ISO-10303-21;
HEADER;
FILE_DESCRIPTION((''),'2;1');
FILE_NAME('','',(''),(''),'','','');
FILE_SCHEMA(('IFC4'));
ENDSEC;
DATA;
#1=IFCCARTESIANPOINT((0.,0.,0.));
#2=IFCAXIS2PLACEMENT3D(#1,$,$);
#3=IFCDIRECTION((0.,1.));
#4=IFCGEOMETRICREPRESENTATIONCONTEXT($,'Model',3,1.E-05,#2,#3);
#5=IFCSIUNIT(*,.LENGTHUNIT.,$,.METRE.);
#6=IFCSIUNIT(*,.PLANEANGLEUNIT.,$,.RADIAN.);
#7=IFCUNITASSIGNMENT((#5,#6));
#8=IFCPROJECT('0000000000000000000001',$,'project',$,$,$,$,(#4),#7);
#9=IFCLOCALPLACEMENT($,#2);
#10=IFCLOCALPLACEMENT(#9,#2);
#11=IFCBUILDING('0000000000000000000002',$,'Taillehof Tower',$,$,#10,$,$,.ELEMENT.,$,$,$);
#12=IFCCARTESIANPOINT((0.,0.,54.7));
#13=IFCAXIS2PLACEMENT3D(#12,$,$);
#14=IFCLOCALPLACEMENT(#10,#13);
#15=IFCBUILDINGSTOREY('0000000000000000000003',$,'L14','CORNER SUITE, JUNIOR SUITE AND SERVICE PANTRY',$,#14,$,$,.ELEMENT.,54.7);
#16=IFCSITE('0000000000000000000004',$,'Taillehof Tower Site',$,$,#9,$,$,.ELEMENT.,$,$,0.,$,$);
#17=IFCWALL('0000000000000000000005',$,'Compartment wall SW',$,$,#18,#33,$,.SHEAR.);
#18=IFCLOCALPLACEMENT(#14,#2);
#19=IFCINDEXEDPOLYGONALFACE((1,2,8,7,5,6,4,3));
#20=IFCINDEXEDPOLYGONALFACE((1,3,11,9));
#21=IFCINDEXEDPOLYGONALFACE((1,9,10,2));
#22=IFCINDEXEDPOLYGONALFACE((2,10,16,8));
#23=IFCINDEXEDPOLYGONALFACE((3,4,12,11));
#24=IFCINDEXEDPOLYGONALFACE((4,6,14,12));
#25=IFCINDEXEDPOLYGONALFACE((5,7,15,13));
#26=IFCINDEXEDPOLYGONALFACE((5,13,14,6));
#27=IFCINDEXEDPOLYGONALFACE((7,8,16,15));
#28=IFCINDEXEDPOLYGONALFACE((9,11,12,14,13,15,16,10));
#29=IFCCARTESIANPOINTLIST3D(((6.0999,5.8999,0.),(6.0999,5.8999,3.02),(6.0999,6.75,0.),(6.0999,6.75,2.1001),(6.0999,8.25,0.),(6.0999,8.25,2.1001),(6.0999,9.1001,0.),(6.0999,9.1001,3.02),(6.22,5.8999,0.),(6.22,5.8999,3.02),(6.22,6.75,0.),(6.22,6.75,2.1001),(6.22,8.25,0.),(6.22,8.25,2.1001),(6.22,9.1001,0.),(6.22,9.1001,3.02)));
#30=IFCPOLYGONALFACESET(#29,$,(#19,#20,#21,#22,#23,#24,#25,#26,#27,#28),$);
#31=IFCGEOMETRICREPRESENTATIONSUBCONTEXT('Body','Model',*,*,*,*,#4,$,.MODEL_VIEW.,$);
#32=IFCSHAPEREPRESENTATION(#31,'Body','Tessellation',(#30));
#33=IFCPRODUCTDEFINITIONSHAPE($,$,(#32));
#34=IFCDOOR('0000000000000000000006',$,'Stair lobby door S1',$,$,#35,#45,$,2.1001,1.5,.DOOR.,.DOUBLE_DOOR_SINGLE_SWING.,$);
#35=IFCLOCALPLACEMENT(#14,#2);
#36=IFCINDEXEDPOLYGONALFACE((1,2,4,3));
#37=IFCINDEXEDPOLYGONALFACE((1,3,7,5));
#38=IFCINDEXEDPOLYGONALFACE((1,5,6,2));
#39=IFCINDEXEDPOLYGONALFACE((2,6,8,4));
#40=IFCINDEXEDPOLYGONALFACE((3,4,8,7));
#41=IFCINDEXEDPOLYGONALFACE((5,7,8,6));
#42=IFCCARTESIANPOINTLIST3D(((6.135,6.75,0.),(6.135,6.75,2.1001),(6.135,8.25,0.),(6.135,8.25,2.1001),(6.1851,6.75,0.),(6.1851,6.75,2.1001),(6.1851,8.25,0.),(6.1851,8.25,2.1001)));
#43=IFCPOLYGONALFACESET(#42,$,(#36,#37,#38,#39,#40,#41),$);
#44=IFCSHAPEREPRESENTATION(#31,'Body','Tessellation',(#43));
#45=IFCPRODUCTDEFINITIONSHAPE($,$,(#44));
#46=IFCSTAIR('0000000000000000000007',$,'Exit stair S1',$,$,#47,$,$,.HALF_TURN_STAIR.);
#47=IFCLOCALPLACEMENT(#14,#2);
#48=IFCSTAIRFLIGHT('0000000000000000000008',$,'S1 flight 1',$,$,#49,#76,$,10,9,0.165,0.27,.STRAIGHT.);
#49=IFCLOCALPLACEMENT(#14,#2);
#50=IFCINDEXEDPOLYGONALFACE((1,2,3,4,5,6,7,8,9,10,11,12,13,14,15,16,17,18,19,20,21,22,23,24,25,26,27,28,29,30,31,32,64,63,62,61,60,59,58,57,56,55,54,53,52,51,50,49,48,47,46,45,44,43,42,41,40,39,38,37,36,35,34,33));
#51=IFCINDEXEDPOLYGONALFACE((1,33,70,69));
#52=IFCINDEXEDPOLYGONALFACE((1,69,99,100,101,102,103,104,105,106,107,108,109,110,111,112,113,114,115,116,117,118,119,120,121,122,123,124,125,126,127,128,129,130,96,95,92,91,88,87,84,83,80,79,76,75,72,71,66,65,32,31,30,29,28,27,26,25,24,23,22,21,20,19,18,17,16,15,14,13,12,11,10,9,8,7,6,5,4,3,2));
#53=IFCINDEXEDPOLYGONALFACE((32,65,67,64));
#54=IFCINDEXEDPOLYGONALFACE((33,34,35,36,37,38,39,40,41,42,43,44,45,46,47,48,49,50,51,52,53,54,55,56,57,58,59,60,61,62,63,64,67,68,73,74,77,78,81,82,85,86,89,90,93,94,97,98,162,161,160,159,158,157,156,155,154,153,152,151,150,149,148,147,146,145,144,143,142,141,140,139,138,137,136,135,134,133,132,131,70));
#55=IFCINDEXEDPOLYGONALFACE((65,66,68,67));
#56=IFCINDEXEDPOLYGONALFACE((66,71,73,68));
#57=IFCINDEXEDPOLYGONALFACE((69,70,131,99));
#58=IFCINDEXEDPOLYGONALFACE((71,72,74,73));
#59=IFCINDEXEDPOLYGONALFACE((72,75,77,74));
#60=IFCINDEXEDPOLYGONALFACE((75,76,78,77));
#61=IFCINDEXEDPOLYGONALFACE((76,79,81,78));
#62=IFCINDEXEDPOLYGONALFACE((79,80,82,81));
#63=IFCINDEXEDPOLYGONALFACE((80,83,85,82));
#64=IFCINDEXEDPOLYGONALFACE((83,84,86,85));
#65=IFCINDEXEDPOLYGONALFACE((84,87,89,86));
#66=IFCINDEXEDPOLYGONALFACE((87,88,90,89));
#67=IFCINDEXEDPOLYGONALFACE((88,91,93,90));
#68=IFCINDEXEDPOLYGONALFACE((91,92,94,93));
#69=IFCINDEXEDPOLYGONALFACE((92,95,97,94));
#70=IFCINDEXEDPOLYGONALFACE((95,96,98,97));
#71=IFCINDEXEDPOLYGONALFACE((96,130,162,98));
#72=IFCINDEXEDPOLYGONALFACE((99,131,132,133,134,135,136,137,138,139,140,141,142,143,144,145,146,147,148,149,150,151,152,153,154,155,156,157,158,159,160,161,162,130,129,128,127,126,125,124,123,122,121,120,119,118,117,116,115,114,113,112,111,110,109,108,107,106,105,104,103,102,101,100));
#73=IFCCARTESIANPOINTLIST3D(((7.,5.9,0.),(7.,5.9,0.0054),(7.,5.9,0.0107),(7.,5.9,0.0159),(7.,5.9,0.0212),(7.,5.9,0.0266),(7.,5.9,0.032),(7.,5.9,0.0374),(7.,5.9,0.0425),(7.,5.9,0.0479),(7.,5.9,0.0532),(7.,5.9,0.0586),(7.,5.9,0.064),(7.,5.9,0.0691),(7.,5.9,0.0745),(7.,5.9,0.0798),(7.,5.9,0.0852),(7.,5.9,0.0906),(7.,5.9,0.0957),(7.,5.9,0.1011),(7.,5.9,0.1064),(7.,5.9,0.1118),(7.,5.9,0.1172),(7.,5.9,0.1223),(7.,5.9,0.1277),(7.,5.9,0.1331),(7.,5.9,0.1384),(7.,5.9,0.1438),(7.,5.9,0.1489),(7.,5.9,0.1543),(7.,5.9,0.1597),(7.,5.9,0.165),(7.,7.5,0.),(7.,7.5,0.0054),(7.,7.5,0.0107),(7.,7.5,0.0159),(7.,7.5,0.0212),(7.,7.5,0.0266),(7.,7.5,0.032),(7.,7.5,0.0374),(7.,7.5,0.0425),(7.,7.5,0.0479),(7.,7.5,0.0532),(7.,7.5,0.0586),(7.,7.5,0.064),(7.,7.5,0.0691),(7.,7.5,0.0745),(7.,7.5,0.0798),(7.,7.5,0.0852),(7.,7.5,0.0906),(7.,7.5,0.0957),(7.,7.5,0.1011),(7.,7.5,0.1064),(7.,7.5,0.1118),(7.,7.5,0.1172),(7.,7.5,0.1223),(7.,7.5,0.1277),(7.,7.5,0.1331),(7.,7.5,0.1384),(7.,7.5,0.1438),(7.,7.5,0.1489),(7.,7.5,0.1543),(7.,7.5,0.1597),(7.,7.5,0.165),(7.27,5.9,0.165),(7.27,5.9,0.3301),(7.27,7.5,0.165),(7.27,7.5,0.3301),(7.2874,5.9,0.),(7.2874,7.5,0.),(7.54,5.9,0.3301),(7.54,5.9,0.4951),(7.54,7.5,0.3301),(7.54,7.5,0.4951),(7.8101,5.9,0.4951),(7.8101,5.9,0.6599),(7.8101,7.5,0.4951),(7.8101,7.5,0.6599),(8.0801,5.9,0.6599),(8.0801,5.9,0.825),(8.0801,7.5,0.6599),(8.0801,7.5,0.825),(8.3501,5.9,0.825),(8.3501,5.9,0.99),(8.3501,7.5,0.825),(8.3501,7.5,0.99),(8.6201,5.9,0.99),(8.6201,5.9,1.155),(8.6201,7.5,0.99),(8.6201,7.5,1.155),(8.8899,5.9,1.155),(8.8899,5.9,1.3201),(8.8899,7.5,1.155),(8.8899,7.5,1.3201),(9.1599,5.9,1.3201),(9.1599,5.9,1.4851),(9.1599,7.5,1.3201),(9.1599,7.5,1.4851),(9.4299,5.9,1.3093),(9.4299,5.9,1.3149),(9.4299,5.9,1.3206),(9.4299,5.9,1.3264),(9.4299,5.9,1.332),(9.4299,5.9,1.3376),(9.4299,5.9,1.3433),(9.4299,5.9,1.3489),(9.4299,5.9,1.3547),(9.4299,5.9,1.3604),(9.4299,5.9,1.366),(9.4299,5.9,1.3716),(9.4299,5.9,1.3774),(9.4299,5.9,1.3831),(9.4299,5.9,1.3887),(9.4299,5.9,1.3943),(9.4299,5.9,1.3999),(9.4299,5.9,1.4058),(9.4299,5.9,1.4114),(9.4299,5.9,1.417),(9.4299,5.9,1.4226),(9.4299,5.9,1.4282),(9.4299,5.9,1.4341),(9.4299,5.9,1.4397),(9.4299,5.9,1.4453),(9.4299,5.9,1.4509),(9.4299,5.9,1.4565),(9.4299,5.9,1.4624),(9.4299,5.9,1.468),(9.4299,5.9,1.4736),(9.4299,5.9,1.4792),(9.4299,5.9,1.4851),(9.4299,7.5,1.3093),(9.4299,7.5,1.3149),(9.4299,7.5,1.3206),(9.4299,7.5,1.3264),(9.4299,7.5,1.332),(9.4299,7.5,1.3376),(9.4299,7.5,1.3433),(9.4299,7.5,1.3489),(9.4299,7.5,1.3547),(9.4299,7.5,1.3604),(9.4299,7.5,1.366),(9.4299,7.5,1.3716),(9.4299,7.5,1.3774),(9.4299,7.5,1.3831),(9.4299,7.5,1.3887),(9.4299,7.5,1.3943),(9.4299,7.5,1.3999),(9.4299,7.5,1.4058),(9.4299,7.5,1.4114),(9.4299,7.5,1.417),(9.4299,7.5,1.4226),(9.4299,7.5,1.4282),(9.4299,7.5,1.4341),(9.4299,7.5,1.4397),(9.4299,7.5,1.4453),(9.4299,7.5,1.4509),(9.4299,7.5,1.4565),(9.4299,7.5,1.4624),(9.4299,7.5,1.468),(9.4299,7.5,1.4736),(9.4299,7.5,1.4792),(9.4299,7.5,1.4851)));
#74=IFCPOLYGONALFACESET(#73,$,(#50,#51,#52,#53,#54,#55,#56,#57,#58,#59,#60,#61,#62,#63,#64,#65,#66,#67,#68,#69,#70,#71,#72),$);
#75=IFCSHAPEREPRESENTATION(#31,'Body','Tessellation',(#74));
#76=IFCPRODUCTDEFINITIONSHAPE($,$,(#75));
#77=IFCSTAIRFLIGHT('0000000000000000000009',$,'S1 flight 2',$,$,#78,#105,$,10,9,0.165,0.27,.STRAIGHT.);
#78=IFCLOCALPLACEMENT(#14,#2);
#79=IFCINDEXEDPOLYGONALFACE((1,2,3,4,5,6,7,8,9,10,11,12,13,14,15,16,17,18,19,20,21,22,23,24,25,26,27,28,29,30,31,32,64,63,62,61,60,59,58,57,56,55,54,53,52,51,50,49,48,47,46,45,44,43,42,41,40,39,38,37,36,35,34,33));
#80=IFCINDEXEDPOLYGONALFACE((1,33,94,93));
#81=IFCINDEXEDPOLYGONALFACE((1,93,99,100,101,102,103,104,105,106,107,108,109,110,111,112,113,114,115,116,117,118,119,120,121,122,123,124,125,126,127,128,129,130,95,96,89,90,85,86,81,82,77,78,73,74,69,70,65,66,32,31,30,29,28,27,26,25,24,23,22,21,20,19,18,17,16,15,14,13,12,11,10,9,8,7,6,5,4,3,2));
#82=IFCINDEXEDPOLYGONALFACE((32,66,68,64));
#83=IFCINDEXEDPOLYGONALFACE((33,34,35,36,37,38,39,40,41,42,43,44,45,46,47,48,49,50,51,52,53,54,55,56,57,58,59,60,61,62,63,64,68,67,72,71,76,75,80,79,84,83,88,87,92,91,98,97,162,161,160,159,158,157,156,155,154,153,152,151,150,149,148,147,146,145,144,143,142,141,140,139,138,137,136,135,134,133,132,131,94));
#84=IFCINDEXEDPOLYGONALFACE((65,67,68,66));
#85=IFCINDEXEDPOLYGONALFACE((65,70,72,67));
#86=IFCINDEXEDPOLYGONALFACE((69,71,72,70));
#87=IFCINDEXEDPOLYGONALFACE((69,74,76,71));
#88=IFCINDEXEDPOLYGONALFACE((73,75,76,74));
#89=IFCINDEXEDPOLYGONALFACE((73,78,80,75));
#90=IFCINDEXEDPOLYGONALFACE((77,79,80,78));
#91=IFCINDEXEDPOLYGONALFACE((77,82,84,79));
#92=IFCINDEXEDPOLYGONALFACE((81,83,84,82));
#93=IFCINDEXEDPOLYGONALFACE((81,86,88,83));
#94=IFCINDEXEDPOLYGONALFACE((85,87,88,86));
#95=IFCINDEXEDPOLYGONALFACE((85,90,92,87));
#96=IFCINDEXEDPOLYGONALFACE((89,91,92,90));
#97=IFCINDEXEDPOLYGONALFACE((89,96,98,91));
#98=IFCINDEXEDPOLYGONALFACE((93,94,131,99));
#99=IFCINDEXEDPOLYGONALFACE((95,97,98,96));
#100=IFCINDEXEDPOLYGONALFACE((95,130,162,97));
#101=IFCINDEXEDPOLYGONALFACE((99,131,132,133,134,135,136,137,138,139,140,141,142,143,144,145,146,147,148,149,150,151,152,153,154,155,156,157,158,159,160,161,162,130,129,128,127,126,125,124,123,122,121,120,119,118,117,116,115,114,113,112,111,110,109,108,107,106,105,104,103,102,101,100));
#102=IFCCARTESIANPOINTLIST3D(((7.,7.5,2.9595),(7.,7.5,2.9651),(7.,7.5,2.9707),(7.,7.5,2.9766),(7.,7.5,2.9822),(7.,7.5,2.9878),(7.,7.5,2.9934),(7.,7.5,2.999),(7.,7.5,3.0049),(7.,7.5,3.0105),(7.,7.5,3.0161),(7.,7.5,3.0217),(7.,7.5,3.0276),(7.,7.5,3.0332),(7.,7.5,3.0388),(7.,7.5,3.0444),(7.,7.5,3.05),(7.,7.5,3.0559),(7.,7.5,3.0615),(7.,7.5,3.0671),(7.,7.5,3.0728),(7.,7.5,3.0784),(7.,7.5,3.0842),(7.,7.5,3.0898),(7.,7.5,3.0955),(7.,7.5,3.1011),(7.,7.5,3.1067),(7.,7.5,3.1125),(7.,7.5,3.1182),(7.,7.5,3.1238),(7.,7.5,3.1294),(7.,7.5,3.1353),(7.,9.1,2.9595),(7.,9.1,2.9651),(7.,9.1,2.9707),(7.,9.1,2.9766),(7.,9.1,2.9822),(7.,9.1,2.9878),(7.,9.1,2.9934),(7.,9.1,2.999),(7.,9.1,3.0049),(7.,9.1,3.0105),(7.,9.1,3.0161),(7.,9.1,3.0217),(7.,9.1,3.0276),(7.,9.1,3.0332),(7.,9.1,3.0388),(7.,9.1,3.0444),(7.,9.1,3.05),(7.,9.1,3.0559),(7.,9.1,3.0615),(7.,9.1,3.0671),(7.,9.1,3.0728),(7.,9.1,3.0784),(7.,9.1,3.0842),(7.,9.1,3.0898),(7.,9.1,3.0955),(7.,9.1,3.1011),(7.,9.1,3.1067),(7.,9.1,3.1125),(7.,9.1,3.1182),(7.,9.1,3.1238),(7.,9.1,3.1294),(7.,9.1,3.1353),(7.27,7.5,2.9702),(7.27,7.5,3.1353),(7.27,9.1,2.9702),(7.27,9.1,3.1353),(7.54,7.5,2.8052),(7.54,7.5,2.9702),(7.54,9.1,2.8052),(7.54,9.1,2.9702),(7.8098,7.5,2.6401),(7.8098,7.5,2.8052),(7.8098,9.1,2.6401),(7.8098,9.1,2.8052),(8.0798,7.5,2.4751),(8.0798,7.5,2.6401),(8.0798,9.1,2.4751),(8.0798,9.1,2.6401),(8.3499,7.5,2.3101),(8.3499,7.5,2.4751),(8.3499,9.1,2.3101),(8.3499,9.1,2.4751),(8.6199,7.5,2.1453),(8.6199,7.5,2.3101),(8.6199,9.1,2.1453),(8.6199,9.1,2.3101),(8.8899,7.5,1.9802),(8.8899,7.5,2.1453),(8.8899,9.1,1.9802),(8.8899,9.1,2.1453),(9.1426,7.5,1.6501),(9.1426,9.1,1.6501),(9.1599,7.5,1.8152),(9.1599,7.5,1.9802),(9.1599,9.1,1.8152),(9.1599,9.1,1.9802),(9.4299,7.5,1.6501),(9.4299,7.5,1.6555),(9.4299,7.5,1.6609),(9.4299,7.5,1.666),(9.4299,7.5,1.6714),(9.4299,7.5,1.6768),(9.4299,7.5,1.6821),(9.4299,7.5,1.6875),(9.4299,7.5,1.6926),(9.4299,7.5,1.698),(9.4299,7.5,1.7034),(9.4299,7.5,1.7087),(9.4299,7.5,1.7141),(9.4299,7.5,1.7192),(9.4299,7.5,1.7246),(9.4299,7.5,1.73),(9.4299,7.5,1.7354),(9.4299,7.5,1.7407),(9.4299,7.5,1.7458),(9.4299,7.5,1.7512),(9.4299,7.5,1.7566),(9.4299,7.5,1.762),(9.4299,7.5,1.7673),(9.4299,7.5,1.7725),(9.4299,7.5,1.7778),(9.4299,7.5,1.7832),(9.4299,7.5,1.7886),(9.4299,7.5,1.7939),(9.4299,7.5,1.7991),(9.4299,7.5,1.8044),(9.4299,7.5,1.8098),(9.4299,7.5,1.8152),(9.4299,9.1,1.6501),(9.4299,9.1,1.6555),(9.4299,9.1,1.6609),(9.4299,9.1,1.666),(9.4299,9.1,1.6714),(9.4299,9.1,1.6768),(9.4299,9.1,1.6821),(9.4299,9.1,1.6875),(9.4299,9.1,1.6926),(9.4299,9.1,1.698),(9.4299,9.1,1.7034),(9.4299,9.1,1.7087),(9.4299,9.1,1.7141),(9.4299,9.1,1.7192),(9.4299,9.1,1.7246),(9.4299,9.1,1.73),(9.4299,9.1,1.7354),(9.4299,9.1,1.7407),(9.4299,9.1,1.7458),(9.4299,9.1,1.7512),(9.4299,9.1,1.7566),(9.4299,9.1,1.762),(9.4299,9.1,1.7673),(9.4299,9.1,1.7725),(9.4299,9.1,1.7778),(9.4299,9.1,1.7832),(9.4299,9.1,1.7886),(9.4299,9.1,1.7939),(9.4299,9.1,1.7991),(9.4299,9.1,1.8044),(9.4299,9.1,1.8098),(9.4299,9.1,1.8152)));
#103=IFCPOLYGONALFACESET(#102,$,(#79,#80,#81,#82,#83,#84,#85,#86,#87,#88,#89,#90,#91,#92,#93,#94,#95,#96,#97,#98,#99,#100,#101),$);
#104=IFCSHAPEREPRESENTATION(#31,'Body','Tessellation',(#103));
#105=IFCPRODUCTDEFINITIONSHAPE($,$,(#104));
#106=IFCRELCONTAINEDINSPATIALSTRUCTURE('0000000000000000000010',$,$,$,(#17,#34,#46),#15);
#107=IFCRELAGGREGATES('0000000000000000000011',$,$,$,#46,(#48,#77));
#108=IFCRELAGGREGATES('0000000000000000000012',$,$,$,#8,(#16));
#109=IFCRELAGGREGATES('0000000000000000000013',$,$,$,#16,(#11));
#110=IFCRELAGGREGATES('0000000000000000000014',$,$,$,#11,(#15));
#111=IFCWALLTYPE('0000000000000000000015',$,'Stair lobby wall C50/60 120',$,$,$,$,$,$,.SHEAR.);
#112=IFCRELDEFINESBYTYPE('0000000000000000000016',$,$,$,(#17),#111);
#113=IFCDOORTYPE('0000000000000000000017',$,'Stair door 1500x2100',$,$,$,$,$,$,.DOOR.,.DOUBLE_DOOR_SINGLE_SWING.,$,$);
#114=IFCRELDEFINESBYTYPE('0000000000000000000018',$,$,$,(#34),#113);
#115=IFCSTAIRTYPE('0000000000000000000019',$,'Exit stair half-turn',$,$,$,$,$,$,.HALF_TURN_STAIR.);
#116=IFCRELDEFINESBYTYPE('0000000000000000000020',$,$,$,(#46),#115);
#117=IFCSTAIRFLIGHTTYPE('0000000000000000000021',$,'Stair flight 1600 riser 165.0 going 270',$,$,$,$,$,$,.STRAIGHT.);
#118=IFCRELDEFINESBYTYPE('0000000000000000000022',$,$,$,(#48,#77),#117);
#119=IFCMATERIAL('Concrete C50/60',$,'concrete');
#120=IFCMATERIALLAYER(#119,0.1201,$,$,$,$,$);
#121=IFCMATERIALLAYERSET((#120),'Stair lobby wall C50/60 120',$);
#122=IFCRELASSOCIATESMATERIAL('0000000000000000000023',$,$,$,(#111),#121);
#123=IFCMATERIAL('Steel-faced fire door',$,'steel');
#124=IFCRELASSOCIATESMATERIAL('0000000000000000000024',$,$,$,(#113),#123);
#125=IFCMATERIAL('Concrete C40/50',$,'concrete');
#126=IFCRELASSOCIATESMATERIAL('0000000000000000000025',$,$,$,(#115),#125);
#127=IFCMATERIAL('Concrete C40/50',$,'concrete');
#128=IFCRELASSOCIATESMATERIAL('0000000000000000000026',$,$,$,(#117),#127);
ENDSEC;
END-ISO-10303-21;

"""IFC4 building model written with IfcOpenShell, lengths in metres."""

from ifc_helpers import new_model, si_unit, direction, frame, frame_2d, origin, place, context, subcontext, project, spatial, polyline, rectangle, outline, extrude, material, layer, layer_set, type_object, element, fill, aggregate, save


model = new_model("IFC4")

# Units and contexts
model_context = context("Model", 3, precision=1e-05, world=origin(), true_north=direction((0.0, 1.0)))
body_context = subcontext(model_context, "Body", "Model", "MODEL_VIEW")
ifc_project = project(units=[si_unit("LENGTHUNIT", "METRE"), si_unit("PLANEANGLEUNIT", "RADIAN")], contexts=[model_context])

# Site, building, storey
site_placement = place(None, origin())
site = spatial("IfcSite", under=ifc_project, at=site_placement, Name="Taillehof Tower Site", CompositionType="ELEMENT", RefElevation=0.0)
building_placement = place(site_placement, origin())
building = spatial("IfcBuilding", under=site, at=building_placement, Name="Taillehof Tower", CompositionType="ELEMENT")
storey_placement = place(building_placement, frame((0.0, 0.0, 54.7)))
storey = spatial("IfcBuildingStorey", under=building, at=storey_placement, Name="L14", Description="CORNER SUITE, JUNIOR SUITE AND SERVICE PANTRY", CompositionType="ELEMENT", Elevation=54.7)

# Wall, opening, door
ifc_material_1 = material(Name="Concrete C50/60", Category="concrete")
ifc_layer_1 = layer(ifc_material_1, 0.1201)
ifc_layer_set_1 = layer_set([ifc_layer_1], Name="Stair lobby wall C50/60 120")
wall_type_1 = type_object("IfcWallType", Name="Stair lobby wall C50/60 120", PredefinedType="SHEAR", material=ifc_layer_set_1)
wall_1_placement = place(storey_placement, frame((6.1599, 5.8999, 0.0), z_axis=(0.0, 0.0, 1.0), x_axis=(0.0, 1.0, 0.0)))
wall_1 = element("IfcWall", 1, at=wall_1_placement, inside=storey, type_object=wall_type_1, Name="Compartment wall SW", PredefinedType="SHEAR", context=body_context, shape_type="SweptSolid", body=[
    extrude(rectangle(XDim=3.2002, YDim=0.1201, at=frame_2d((1.6001, 0.0))), origin(), (0.0, 0.0, 1.0), 3.02),
])
opening_1_placement = place(wall_1_placement, frame((0.8501, 0.0, 0.0)))
opening_1 = element("IfcOpeningElement", 2, at=opening_1_placement, cuts=wall_1, PredefinedType="OPENING", context=body_context, shape_type="SweptSolid", body=[
    extrude(rectangle(XDim=1.5, YDim=2.1001, at=frame_2d((0.75, 1.05))), frame((0.0, 0.0701, 0.0), z_axis=(0.0, -1.0, 0.0), x_axis=(1.0, 0.0, 0.0)), (0.0, 0.0, 1.0), 0.1401),
])
ifc_material_2 = material(Name="Steel-faced fire door", Category="steel")
door_type_1 = type_object("IfcDoorType", Name="Stair door 1500x2100", OperationType="DOUBLE_DOOR_SINGLE_SWING", PredefinedType="DOOR", material=ifc_material_2)
door_1_placement = place(opening_1_placement, origin())
door_1 = element("IfcDoor", 3, at=door_1_placement, inside=storey, type_object=door_type_1, Name="Stair lobby door S1", OperationType="DOUBLE_DOOR_SINGLE_SWING", OverallHeight=2.1001, OverallWidth=1.5, PredefinedType="DOOR", context=body_context, shape_type="SweptSolid", body=[
    extrude(rectangle(XDim=1.5, YDim=2.1001, at=frame_2d((0.75, 1.05))), frame((0.0, 0.0249, 0.0), z_axis=(0.0, -1.0, 0.0), x_axis=(1.0, 0.0, 0.0)), (0.0, 0.0, 1.0), 0.05),
])
fill(opening_1, door_1)

# Stair, stair flights
ifc_material_3 = material(Name="Concrete C40/50", Category="concrete")
stair_type = type_object("IfcStairType", Name="Exit stair half-turn", PredefinedType="HALF_TURN_STAIR", material=ifc_material_3)
stair_placement = place(storey_placement, origin())
stair = element("IfcStair", 4, at=stair_placement, inside=storey, type_object=stair_type, Name="Exit stair S1", PredefinedType="HALF_TURN_STAIR")
ifc_material_4 = material(Name="Concrete C40/50", Category="concrete")
stair_flight_type = type_object("IfcStairFlightType", Name="Stair flight 1600 riser 165.0 going 270", PredefinedType="STRAIGHT", material=ifc_material_4)
stair_flight_1_placement = place(storey_placement, frame((7.0, 6.7, 0.0), z_axis=(0.0, 0.0, 1.0), x_axis=(1.0, 0.0, 0.0)))
stair_flight_1 = element("IfcStairFlight", 5, at=stair_flight_1_placement, type_object=stair_flight_type, Name="S1 flight 1", NumberOfRisers=10, NumberOfTreads=9, PredefinedType="STRAIGHT", RiserHeight=0.165, TreadLength=0.27, context=body_context, shape_type="SweptSolid", body=[
    extrude(outline(polyline([(0.0, 0.0), (0.0, 0.0054), (0.0, 0.0107), (0.0, 0.0159), (0.0, 0.0212), (0.0, 0.0266), (0.0, 0.032), (0.0, 0.0374), (0.0, 0.0425), (0.0, 0.0479), (0.0, 0.0532), (0.0, 0.0586), (0.0, 0.064), (0.0, 0.0691), (0.0, 0.0745), (0.0, 0.0798), (0.0, 0.0852), (0.0, 0.0906), (0.0, 0.0957), (0.0, 0.1011), (0.0, 0.1064), (0.0, 0.1118), (0.0, 0.1172), (0.0, 0.1223), (0.0, 0.1277), (0.0, 0.1331), (0.0, 0.1384), (0.0, 0.1438), (0.0, 0.1489), (0.0, 0.1543), (0.0, 0.1597), (0.0, 0.165), (0.27, 0.165), (0.27, 0.3301), (0.54, 0.3301), (0.54, 0.4951), (0.8101, 0.4951), (0.8101, 0.6599), (1.0801, 0.6599), (1.0801, 0.825), (1.3501, 0.825), (1.3501, 0.99), (1.6201, 0.99), (1.6201, 1.155), (1.8899, 1.155), (1.8899, 1.3201), (2.1599, 1.3201), (2.1599, 1.4851), (2.4299, 1.4851), (2.4299, 1.4792), (2.4299, 1.4736), (2.4299, 1.468), (2.4299, 1.4624), (2.4299, 1.4565), (2.4299, 1.4509), (2.4299, 1.4453), (2.4299, 1.4397), (2.4299, 1.4341), (2.4299, 1.4282), (2.4299, 1.4226), (2.4299, 1.417), (2.4299, 1.4114), (2.4299, 1.4058), (2.4299, 1.3999), (2.4299, 1.3943), (2.4299, 1.3887), (2.4299, 1.3831), (2.4299, 1.3774), (2.4299, 1.3716), (2.4299, 1.366), (2.4299, 1.3604), (2.4299, 1.3547), (2.4299, 1.3489), (2.4299, 1.3433), (2.4299, 1.3376), (2.4299, 1.332), (2.4299, 1.3264), (2.4299, 1.3206), (2.4299, 1.3149), (2.4299, 1.3093), (0.2874, 0.0), (0.0, 0.0)])), frame((0.0, 0.8, 0.0), z_axis=(0.0, -1.0, 0.0), x_axis=(1.0, 0.0, 0.0)), (0.0, 0.0, 1.0), 1.6),
])
stair_flight_2_placement = place(storey_placement, frame((9.4299, 8.3, 1.6501), z_axis=(0.0, 0.0, 1.0), x_axis=(-1.0, 0.0, 0.0)))
stair_flight_2 = element("IfcStairFlight", 6, at=stair_flight_2_placement, type_object=stair_flight_type, Name="S1 flight 2", NumberOfRisers=10, NumberOfTreads=9, PredefinedType="STRAIGHT", RiserHeight=0.165, TreadLength=0.27, context=body_context, shape_type="SweptSolid", body=[
    extrude(outline(polyline([(0.0, 0.0), (0.0, 0.0054), (0.0, 0.0107), (0.0, 0.0159), (0.0, 0.0212), (0.0, 0.0266), (0.0, 0.032), (0.0, 0.0374), (0.0, 0.0425), (0.0, 0.0479), (0.0, 0.0532), (0.0, 0.0586), (0.0, 0.064), (0.0, 0.0691), (0.0, 0.0745), (0.0, 0.0798), (0.0, 0.0852), (0.0, 0.0906), (0.0, 0.0957), (0.0, 0.1011), (0.0, 0.1064), (0.0, 0.1118), (0.0, 0.1172), (0.0, 0.1223), (0.0, 0.1277), (0.0, 0.1331), (0.0, 0.1384), (0.0, 0.1438), (0.0, 0.1489), (0.0, 0.1543), (0.0, 0.1597), (0.0, 0.165), (0.27, 0.165), (0.27, 0.3301), (0.54, 0.3301), (0.54, 0.4951), (0.8101, 0.4951), (0.8101, 0.6599), (1.0801, 0.6599), (1.0801, 0.825), (1.3501, 0.825), (1.3501, 0.99), (1.6201, 0.99), (1.6201, 1.155), (1.8899, 1.155), (1.8899, 1.3201), (2.1599, 1.3201), (2.1599, 1.4851), (2.4299, 1.4851), (2.4299, 1.4792), (2.4299, 1.4736), (2.4299, 1.468), (2.4299, 1.4624), (2.4299, 1.4565), (2.4299, 1.4509), (2.4299, 1.4453), (2.4299, 1.4397), (2.4299, 1.4341), (2.4299, 1.4282), (2.4299, 1.4226), (2.4299, 1.417), (2.4299, 1.4114), (2.4299, 1.4058), (2.4299, 1.3999), (2.4299, 1.3943), (2.4299, 1.3887), (2.4299, 1.3831), (2.4299, 1.3774), (2.4299, 1.3716), (2.4299, 1.366), (2.4299, 1.3604), (2.4299, 1.3547), (2.4299, 1.3489), (2.4299, 1.3433), (2.4299, 1.3376), (2.4299, 1.332), (2.4299, 1.3264), (2.4299, 1.3206), (2.4299, 1.3149), (2.4299, 1.3093), (0.2874, 0.0), (0.0, 0.0)])), frame((0.0, 0.8, 0.0), z_axis=(0.0, -1.0, 0.0), x_axis=(1.0, 0.0, 0.0)), (0.0, 0.0, 1.0), 1.6),
])
aggregate(stair, [stair_flight_1, stair_flight_2])

save(model, "model.ifc")
